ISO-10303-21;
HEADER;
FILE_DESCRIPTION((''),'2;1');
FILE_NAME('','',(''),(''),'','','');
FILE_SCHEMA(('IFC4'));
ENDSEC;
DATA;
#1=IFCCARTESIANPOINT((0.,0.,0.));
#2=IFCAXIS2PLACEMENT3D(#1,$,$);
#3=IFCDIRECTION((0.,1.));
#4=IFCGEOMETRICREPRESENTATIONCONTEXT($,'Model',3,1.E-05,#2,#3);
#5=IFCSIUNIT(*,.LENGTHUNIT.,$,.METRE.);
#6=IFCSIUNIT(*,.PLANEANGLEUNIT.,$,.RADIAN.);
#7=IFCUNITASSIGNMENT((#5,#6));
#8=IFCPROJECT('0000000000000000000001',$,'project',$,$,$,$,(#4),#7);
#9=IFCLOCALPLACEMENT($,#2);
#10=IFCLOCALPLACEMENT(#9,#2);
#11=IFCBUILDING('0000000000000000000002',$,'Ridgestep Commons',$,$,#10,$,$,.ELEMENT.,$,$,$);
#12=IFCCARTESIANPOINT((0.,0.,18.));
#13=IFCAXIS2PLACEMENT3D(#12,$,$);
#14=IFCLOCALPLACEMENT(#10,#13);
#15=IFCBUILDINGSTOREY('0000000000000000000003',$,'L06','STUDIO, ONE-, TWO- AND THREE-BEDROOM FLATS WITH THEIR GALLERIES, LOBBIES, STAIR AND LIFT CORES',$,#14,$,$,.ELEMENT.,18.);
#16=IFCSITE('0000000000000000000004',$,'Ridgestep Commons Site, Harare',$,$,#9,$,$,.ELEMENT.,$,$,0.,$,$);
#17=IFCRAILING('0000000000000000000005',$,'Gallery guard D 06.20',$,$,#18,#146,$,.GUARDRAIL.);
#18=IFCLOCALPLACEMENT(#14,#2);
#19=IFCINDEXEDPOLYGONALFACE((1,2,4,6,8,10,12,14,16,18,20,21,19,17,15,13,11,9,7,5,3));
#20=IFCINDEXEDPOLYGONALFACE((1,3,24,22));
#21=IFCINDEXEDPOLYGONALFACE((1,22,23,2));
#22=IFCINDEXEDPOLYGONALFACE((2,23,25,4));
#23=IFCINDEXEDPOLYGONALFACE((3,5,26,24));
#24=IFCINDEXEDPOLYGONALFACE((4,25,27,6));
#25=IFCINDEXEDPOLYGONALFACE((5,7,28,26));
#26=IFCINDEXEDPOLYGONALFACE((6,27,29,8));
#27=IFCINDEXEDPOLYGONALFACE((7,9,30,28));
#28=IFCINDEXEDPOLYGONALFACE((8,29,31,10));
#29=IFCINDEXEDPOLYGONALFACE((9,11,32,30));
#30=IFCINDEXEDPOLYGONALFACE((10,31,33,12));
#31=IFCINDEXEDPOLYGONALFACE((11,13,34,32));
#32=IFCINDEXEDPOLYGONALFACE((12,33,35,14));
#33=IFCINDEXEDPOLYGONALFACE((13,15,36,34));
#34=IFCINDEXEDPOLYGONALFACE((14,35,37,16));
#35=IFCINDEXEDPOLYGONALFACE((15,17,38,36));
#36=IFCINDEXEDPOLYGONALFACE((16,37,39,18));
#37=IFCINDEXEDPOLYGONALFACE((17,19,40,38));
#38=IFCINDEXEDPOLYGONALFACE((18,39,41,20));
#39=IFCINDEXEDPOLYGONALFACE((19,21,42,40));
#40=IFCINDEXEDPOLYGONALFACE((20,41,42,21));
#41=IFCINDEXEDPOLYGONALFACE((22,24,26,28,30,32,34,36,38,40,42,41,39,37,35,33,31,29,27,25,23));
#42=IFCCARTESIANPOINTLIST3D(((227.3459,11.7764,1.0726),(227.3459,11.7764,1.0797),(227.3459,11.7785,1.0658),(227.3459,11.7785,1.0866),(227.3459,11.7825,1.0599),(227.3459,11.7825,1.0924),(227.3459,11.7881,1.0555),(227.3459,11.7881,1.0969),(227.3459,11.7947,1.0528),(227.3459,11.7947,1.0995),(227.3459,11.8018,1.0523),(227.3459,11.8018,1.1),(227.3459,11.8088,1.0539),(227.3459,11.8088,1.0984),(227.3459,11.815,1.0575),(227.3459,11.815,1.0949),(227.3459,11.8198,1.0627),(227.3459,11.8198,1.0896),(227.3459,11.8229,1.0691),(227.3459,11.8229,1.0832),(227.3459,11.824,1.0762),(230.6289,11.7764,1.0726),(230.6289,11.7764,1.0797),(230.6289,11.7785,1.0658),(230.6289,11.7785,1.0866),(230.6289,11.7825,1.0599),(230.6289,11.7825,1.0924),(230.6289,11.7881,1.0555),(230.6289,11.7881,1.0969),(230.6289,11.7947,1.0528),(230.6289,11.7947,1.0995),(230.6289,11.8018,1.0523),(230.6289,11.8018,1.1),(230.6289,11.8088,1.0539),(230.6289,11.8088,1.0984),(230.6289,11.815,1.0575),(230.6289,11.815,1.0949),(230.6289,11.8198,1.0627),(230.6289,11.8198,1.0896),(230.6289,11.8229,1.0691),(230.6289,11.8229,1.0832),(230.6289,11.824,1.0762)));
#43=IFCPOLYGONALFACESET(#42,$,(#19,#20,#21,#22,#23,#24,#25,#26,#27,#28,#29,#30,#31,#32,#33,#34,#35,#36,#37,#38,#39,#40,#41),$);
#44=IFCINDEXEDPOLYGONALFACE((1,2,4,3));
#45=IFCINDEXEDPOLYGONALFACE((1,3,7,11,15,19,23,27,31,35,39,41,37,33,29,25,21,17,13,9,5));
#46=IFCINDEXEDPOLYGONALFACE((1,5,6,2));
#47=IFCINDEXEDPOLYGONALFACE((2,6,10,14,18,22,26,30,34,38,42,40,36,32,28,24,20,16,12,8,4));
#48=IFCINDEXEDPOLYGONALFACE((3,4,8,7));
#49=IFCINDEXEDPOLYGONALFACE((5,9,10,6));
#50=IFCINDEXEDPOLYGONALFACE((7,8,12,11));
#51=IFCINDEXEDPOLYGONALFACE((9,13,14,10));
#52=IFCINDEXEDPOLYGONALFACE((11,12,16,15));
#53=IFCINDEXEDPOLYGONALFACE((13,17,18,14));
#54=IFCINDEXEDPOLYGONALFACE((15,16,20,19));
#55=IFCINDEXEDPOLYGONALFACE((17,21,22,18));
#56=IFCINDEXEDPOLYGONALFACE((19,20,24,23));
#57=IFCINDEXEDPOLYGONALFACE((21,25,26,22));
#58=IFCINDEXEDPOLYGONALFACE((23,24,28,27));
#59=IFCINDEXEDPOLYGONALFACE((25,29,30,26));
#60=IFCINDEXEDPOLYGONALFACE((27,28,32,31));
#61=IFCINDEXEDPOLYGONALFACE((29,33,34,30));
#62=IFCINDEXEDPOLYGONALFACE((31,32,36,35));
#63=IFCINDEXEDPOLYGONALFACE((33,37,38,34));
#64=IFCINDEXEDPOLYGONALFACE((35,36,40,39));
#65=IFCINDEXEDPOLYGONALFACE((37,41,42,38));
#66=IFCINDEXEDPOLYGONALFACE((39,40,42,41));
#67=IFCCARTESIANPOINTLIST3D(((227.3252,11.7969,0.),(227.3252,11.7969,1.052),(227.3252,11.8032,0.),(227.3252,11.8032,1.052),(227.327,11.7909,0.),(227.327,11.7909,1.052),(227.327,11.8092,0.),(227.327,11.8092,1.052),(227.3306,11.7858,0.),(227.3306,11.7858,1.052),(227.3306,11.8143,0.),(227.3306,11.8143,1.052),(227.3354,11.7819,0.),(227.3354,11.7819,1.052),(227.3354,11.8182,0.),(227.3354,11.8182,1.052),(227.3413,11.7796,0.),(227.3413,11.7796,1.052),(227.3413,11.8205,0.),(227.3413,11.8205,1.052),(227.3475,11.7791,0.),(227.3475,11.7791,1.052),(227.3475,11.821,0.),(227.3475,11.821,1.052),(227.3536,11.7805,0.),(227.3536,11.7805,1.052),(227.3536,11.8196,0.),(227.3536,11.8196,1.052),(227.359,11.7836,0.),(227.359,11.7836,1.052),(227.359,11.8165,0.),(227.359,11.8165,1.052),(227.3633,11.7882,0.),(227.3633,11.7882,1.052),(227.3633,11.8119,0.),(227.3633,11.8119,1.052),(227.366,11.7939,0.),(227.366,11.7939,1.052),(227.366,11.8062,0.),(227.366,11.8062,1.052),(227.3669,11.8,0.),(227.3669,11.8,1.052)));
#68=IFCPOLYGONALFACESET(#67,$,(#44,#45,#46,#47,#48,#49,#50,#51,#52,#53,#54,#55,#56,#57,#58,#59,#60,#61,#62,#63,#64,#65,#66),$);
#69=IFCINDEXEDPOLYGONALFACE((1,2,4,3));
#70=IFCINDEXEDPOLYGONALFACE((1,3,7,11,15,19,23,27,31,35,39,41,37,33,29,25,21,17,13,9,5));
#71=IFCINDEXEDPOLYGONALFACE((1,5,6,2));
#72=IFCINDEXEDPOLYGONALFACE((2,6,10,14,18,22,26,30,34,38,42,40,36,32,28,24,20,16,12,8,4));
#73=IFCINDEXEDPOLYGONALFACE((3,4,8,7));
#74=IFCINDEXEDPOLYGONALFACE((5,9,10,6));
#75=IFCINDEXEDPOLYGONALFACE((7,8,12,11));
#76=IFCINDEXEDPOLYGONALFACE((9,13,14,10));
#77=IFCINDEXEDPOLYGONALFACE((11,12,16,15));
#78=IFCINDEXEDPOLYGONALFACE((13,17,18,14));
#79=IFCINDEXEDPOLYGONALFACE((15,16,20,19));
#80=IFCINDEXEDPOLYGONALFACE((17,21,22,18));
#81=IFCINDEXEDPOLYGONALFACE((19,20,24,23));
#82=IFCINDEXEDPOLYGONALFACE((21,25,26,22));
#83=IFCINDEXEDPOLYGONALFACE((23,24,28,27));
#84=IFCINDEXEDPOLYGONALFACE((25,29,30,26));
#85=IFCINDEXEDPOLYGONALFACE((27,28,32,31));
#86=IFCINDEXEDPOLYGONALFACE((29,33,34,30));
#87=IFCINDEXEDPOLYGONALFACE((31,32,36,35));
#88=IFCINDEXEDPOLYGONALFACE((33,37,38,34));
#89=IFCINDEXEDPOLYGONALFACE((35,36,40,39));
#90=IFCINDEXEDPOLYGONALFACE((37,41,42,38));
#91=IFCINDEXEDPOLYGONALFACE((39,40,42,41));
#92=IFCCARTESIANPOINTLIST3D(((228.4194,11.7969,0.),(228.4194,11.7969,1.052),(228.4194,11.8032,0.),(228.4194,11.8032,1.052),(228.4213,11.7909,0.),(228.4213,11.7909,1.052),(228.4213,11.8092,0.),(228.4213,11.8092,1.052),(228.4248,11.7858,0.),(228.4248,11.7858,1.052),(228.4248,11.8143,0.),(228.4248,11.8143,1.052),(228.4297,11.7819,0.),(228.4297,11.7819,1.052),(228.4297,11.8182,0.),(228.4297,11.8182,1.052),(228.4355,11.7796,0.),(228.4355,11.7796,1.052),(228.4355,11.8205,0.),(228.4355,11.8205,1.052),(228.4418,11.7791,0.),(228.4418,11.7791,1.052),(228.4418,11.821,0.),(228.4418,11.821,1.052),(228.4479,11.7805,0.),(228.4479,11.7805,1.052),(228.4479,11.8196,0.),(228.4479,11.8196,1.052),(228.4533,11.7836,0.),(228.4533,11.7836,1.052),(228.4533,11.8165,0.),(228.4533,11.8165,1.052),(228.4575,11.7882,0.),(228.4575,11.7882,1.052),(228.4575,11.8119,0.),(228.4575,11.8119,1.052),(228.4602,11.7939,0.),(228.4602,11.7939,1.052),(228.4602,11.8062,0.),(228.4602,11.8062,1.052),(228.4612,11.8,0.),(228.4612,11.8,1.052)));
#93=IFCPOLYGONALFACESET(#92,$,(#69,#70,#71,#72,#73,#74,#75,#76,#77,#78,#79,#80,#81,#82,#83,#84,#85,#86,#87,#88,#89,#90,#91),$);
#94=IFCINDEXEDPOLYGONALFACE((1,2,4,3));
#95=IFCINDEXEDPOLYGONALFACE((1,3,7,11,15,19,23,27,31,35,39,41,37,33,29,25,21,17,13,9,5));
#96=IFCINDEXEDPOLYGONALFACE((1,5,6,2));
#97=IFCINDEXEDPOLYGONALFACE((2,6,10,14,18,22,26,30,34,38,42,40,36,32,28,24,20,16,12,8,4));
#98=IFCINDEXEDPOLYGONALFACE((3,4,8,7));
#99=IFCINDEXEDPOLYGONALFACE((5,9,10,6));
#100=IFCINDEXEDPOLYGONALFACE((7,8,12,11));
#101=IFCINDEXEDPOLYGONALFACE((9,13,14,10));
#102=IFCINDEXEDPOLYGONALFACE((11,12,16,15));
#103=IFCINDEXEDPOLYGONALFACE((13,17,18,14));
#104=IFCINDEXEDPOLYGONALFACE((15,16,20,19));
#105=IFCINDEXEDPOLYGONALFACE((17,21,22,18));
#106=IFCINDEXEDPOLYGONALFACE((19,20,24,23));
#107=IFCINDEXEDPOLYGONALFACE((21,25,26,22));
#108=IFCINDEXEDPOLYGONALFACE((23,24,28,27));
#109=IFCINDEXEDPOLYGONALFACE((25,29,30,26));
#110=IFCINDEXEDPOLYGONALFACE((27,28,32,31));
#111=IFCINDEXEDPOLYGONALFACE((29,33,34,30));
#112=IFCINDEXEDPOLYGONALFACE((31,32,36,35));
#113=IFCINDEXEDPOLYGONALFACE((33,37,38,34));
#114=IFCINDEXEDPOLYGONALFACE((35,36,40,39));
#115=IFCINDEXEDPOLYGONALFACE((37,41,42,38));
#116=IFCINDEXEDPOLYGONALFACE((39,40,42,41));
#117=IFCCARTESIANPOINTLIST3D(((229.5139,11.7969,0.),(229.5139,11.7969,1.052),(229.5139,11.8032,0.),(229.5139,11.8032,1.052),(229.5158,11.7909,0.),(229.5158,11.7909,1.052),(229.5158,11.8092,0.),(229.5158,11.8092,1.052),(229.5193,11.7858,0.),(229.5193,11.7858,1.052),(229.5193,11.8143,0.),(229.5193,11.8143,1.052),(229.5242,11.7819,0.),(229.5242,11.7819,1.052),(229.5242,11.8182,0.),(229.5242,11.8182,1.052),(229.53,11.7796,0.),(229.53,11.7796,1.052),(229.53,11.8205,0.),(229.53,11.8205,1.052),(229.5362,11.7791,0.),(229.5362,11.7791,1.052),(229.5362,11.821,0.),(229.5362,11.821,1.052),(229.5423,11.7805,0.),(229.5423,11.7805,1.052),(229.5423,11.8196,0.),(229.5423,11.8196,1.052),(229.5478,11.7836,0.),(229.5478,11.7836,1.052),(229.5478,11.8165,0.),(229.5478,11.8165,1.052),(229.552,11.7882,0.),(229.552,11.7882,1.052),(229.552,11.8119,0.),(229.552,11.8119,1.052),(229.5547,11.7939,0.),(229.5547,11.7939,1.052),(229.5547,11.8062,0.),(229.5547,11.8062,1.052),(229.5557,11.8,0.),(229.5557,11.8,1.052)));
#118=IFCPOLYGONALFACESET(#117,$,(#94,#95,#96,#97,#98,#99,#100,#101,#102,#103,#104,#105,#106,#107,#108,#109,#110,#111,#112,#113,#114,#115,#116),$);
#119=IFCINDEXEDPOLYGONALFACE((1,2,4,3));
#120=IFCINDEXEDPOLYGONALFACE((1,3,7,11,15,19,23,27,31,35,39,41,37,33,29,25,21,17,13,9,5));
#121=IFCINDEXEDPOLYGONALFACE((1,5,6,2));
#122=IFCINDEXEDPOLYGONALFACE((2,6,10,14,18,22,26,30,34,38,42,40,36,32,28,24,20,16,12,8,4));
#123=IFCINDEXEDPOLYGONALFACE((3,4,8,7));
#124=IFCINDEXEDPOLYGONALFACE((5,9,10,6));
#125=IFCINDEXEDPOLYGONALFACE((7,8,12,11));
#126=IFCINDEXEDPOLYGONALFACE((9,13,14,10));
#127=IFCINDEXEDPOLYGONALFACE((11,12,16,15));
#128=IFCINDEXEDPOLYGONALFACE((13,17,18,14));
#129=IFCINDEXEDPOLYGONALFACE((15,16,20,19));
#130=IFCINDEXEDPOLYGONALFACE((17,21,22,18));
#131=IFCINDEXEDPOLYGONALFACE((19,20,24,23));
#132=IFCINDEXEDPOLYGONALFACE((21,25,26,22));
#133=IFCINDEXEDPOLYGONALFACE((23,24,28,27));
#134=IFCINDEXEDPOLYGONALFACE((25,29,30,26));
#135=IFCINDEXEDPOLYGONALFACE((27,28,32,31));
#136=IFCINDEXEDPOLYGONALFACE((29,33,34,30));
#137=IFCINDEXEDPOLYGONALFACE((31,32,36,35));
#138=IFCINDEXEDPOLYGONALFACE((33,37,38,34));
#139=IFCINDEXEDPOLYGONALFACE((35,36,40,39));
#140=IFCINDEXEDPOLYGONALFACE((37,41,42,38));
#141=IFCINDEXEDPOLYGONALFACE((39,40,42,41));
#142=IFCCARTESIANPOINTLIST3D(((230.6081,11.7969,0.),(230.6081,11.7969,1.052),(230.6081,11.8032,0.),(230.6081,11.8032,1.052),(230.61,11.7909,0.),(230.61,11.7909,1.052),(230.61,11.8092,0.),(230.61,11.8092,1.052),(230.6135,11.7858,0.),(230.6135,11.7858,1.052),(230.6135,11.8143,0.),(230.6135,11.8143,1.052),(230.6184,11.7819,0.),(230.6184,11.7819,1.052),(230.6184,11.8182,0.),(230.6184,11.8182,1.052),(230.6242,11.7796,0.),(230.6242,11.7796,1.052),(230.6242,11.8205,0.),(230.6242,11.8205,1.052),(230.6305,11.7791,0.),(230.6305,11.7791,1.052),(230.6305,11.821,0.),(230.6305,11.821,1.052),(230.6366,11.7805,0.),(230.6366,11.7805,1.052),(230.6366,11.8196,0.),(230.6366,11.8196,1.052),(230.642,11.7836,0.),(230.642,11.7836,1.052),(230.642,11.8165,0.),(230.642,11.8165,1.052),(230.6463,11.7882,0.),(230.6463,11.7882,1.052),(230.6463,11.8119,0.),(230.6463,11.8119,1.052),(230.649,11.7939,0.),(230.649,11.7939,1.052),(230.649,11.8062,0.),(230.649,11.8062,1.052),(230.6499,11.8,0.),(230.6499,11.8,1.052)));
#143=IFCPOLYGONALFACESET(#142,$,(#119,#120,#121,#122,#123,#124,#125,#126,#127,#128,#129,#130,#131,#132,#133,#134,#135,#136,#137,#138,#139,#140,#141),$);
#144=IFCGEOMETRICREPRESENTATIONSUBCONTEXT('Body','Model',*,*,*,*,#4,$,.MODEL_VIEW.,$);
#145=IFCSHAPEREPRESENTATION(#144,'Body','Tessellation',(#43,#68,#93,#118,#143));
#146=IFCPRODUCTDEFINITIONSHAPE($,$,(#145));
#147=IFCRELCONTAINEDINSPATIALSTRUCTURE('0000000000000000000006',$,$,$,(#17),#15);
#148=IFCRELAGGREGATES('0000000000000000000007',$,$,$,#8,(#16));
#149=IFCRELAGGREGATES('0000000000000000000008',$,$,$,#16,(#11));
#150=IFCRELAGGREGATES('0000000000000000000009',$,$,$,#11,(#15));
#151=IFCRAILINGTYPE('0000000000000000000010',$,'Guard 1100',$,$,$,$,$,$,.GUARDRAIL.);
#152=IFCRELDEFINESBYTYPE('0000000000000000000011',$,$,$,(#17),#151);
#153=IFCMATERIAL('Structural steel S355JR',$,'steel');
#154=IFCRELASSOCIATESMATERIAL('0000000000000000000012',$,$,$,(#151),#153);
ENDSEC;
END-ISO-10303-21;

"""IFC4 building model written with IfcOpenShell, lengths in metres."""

from ifc_helpers import new_model, si_unit, direction, frame, origin, origin_2d, place, context, subcontext, project, spatial, circle, extrude, material, type_object, element, save


model = new_model("IFC4")

# Units and contexts
model_context = context("Model", 3, precision=1e-05, world=origin(), true_north=direction((0.0, 1.0)))
body_context = subcontext(model_context, "Body", "Model", "MODEL_VIEW")
ifc_project = project(units=[si_unit("LENGTHUNIT", "METRE"), si_unit("PLANEANGLEUNIT", "RADIAN")], contexts=[model_context])

# Site, building, storey
site_placement = place(None, origin())
site = spatial("IfcSite", under=ifc_project, at=site_placement, Name="Ridgestep Commons Site, Harare", CompositionType="ELEMENT", RefElevation=0.0)
building_placement = place(site_placement, origin())
building = spatial("IfcBuilding", under=site, at=building_placement, Name="Ridgestep Commons", CompositionType="ELEMENT")
storey_placement = place(building_placement, frame((0.0, 0.0, 18.0)))
storey = spatial("IfcBuildingStorey", under=building, at=storey_placement, Name="L06", Description="STUDIO, ONE-, TWO- AND THREE-BEDROOM FLATS WITH THEIR GALLERIES, LOBBIES, STAIR AND LIFT CORES", CompositionType="ELEMENT", Elevation=18.0)

# Railing
ifc_material_1 = material(Name="Structural steel S355JR", Category="steel")
railing_type = type_object("IfcRailingType", Name="Guard 1100", PredefinedType="GUARDRAIL", material=ifc_material_1)
railing_1_placement = place(storey_placement, frame((227.3459, 11.8, 0.0)))
element("IfcRailing", 1, at=railing_1_placement, inside=storey, type_object=railing_type, Name="Gallery guard D 06.20", PredefinedType="GUARDRAIL", context=body_context, shape_type="SweptSolid", body=[
    extrude(circle(Radius=0.0239, at=origin_2d()), frame((0.0, 0.0, 1.0762), z_axis=(1.0, 0.0, 0.0), x_axis=(0.0, 1.0, 0.0)), (0.0, 0.0, 1.0), 3.283),
    extrude(circle(Radius=0.021, at=origin_2d()), origin(), (0.0, 0.0, 1.0), 1.052),
    extrude(circle(Radius=0.021, at=origin_2d()), frame((1.0942, 0.0, 0.0)), (0.0, 0.0, 1.0), 1.052),
    extrude(circle(Radius=0.021, at=origin_2d()), frame((2.1887, 0.0, 0.0)), (0.0, 0.0, 1.0), 1.052),
    extrude(circle(Radius=0.021, at=origin_2d()), frame((3.283, 0.0, 0.0)), (0.0, 0.0, 1.0), 1.052),
])

save(model, "model.ifc")
